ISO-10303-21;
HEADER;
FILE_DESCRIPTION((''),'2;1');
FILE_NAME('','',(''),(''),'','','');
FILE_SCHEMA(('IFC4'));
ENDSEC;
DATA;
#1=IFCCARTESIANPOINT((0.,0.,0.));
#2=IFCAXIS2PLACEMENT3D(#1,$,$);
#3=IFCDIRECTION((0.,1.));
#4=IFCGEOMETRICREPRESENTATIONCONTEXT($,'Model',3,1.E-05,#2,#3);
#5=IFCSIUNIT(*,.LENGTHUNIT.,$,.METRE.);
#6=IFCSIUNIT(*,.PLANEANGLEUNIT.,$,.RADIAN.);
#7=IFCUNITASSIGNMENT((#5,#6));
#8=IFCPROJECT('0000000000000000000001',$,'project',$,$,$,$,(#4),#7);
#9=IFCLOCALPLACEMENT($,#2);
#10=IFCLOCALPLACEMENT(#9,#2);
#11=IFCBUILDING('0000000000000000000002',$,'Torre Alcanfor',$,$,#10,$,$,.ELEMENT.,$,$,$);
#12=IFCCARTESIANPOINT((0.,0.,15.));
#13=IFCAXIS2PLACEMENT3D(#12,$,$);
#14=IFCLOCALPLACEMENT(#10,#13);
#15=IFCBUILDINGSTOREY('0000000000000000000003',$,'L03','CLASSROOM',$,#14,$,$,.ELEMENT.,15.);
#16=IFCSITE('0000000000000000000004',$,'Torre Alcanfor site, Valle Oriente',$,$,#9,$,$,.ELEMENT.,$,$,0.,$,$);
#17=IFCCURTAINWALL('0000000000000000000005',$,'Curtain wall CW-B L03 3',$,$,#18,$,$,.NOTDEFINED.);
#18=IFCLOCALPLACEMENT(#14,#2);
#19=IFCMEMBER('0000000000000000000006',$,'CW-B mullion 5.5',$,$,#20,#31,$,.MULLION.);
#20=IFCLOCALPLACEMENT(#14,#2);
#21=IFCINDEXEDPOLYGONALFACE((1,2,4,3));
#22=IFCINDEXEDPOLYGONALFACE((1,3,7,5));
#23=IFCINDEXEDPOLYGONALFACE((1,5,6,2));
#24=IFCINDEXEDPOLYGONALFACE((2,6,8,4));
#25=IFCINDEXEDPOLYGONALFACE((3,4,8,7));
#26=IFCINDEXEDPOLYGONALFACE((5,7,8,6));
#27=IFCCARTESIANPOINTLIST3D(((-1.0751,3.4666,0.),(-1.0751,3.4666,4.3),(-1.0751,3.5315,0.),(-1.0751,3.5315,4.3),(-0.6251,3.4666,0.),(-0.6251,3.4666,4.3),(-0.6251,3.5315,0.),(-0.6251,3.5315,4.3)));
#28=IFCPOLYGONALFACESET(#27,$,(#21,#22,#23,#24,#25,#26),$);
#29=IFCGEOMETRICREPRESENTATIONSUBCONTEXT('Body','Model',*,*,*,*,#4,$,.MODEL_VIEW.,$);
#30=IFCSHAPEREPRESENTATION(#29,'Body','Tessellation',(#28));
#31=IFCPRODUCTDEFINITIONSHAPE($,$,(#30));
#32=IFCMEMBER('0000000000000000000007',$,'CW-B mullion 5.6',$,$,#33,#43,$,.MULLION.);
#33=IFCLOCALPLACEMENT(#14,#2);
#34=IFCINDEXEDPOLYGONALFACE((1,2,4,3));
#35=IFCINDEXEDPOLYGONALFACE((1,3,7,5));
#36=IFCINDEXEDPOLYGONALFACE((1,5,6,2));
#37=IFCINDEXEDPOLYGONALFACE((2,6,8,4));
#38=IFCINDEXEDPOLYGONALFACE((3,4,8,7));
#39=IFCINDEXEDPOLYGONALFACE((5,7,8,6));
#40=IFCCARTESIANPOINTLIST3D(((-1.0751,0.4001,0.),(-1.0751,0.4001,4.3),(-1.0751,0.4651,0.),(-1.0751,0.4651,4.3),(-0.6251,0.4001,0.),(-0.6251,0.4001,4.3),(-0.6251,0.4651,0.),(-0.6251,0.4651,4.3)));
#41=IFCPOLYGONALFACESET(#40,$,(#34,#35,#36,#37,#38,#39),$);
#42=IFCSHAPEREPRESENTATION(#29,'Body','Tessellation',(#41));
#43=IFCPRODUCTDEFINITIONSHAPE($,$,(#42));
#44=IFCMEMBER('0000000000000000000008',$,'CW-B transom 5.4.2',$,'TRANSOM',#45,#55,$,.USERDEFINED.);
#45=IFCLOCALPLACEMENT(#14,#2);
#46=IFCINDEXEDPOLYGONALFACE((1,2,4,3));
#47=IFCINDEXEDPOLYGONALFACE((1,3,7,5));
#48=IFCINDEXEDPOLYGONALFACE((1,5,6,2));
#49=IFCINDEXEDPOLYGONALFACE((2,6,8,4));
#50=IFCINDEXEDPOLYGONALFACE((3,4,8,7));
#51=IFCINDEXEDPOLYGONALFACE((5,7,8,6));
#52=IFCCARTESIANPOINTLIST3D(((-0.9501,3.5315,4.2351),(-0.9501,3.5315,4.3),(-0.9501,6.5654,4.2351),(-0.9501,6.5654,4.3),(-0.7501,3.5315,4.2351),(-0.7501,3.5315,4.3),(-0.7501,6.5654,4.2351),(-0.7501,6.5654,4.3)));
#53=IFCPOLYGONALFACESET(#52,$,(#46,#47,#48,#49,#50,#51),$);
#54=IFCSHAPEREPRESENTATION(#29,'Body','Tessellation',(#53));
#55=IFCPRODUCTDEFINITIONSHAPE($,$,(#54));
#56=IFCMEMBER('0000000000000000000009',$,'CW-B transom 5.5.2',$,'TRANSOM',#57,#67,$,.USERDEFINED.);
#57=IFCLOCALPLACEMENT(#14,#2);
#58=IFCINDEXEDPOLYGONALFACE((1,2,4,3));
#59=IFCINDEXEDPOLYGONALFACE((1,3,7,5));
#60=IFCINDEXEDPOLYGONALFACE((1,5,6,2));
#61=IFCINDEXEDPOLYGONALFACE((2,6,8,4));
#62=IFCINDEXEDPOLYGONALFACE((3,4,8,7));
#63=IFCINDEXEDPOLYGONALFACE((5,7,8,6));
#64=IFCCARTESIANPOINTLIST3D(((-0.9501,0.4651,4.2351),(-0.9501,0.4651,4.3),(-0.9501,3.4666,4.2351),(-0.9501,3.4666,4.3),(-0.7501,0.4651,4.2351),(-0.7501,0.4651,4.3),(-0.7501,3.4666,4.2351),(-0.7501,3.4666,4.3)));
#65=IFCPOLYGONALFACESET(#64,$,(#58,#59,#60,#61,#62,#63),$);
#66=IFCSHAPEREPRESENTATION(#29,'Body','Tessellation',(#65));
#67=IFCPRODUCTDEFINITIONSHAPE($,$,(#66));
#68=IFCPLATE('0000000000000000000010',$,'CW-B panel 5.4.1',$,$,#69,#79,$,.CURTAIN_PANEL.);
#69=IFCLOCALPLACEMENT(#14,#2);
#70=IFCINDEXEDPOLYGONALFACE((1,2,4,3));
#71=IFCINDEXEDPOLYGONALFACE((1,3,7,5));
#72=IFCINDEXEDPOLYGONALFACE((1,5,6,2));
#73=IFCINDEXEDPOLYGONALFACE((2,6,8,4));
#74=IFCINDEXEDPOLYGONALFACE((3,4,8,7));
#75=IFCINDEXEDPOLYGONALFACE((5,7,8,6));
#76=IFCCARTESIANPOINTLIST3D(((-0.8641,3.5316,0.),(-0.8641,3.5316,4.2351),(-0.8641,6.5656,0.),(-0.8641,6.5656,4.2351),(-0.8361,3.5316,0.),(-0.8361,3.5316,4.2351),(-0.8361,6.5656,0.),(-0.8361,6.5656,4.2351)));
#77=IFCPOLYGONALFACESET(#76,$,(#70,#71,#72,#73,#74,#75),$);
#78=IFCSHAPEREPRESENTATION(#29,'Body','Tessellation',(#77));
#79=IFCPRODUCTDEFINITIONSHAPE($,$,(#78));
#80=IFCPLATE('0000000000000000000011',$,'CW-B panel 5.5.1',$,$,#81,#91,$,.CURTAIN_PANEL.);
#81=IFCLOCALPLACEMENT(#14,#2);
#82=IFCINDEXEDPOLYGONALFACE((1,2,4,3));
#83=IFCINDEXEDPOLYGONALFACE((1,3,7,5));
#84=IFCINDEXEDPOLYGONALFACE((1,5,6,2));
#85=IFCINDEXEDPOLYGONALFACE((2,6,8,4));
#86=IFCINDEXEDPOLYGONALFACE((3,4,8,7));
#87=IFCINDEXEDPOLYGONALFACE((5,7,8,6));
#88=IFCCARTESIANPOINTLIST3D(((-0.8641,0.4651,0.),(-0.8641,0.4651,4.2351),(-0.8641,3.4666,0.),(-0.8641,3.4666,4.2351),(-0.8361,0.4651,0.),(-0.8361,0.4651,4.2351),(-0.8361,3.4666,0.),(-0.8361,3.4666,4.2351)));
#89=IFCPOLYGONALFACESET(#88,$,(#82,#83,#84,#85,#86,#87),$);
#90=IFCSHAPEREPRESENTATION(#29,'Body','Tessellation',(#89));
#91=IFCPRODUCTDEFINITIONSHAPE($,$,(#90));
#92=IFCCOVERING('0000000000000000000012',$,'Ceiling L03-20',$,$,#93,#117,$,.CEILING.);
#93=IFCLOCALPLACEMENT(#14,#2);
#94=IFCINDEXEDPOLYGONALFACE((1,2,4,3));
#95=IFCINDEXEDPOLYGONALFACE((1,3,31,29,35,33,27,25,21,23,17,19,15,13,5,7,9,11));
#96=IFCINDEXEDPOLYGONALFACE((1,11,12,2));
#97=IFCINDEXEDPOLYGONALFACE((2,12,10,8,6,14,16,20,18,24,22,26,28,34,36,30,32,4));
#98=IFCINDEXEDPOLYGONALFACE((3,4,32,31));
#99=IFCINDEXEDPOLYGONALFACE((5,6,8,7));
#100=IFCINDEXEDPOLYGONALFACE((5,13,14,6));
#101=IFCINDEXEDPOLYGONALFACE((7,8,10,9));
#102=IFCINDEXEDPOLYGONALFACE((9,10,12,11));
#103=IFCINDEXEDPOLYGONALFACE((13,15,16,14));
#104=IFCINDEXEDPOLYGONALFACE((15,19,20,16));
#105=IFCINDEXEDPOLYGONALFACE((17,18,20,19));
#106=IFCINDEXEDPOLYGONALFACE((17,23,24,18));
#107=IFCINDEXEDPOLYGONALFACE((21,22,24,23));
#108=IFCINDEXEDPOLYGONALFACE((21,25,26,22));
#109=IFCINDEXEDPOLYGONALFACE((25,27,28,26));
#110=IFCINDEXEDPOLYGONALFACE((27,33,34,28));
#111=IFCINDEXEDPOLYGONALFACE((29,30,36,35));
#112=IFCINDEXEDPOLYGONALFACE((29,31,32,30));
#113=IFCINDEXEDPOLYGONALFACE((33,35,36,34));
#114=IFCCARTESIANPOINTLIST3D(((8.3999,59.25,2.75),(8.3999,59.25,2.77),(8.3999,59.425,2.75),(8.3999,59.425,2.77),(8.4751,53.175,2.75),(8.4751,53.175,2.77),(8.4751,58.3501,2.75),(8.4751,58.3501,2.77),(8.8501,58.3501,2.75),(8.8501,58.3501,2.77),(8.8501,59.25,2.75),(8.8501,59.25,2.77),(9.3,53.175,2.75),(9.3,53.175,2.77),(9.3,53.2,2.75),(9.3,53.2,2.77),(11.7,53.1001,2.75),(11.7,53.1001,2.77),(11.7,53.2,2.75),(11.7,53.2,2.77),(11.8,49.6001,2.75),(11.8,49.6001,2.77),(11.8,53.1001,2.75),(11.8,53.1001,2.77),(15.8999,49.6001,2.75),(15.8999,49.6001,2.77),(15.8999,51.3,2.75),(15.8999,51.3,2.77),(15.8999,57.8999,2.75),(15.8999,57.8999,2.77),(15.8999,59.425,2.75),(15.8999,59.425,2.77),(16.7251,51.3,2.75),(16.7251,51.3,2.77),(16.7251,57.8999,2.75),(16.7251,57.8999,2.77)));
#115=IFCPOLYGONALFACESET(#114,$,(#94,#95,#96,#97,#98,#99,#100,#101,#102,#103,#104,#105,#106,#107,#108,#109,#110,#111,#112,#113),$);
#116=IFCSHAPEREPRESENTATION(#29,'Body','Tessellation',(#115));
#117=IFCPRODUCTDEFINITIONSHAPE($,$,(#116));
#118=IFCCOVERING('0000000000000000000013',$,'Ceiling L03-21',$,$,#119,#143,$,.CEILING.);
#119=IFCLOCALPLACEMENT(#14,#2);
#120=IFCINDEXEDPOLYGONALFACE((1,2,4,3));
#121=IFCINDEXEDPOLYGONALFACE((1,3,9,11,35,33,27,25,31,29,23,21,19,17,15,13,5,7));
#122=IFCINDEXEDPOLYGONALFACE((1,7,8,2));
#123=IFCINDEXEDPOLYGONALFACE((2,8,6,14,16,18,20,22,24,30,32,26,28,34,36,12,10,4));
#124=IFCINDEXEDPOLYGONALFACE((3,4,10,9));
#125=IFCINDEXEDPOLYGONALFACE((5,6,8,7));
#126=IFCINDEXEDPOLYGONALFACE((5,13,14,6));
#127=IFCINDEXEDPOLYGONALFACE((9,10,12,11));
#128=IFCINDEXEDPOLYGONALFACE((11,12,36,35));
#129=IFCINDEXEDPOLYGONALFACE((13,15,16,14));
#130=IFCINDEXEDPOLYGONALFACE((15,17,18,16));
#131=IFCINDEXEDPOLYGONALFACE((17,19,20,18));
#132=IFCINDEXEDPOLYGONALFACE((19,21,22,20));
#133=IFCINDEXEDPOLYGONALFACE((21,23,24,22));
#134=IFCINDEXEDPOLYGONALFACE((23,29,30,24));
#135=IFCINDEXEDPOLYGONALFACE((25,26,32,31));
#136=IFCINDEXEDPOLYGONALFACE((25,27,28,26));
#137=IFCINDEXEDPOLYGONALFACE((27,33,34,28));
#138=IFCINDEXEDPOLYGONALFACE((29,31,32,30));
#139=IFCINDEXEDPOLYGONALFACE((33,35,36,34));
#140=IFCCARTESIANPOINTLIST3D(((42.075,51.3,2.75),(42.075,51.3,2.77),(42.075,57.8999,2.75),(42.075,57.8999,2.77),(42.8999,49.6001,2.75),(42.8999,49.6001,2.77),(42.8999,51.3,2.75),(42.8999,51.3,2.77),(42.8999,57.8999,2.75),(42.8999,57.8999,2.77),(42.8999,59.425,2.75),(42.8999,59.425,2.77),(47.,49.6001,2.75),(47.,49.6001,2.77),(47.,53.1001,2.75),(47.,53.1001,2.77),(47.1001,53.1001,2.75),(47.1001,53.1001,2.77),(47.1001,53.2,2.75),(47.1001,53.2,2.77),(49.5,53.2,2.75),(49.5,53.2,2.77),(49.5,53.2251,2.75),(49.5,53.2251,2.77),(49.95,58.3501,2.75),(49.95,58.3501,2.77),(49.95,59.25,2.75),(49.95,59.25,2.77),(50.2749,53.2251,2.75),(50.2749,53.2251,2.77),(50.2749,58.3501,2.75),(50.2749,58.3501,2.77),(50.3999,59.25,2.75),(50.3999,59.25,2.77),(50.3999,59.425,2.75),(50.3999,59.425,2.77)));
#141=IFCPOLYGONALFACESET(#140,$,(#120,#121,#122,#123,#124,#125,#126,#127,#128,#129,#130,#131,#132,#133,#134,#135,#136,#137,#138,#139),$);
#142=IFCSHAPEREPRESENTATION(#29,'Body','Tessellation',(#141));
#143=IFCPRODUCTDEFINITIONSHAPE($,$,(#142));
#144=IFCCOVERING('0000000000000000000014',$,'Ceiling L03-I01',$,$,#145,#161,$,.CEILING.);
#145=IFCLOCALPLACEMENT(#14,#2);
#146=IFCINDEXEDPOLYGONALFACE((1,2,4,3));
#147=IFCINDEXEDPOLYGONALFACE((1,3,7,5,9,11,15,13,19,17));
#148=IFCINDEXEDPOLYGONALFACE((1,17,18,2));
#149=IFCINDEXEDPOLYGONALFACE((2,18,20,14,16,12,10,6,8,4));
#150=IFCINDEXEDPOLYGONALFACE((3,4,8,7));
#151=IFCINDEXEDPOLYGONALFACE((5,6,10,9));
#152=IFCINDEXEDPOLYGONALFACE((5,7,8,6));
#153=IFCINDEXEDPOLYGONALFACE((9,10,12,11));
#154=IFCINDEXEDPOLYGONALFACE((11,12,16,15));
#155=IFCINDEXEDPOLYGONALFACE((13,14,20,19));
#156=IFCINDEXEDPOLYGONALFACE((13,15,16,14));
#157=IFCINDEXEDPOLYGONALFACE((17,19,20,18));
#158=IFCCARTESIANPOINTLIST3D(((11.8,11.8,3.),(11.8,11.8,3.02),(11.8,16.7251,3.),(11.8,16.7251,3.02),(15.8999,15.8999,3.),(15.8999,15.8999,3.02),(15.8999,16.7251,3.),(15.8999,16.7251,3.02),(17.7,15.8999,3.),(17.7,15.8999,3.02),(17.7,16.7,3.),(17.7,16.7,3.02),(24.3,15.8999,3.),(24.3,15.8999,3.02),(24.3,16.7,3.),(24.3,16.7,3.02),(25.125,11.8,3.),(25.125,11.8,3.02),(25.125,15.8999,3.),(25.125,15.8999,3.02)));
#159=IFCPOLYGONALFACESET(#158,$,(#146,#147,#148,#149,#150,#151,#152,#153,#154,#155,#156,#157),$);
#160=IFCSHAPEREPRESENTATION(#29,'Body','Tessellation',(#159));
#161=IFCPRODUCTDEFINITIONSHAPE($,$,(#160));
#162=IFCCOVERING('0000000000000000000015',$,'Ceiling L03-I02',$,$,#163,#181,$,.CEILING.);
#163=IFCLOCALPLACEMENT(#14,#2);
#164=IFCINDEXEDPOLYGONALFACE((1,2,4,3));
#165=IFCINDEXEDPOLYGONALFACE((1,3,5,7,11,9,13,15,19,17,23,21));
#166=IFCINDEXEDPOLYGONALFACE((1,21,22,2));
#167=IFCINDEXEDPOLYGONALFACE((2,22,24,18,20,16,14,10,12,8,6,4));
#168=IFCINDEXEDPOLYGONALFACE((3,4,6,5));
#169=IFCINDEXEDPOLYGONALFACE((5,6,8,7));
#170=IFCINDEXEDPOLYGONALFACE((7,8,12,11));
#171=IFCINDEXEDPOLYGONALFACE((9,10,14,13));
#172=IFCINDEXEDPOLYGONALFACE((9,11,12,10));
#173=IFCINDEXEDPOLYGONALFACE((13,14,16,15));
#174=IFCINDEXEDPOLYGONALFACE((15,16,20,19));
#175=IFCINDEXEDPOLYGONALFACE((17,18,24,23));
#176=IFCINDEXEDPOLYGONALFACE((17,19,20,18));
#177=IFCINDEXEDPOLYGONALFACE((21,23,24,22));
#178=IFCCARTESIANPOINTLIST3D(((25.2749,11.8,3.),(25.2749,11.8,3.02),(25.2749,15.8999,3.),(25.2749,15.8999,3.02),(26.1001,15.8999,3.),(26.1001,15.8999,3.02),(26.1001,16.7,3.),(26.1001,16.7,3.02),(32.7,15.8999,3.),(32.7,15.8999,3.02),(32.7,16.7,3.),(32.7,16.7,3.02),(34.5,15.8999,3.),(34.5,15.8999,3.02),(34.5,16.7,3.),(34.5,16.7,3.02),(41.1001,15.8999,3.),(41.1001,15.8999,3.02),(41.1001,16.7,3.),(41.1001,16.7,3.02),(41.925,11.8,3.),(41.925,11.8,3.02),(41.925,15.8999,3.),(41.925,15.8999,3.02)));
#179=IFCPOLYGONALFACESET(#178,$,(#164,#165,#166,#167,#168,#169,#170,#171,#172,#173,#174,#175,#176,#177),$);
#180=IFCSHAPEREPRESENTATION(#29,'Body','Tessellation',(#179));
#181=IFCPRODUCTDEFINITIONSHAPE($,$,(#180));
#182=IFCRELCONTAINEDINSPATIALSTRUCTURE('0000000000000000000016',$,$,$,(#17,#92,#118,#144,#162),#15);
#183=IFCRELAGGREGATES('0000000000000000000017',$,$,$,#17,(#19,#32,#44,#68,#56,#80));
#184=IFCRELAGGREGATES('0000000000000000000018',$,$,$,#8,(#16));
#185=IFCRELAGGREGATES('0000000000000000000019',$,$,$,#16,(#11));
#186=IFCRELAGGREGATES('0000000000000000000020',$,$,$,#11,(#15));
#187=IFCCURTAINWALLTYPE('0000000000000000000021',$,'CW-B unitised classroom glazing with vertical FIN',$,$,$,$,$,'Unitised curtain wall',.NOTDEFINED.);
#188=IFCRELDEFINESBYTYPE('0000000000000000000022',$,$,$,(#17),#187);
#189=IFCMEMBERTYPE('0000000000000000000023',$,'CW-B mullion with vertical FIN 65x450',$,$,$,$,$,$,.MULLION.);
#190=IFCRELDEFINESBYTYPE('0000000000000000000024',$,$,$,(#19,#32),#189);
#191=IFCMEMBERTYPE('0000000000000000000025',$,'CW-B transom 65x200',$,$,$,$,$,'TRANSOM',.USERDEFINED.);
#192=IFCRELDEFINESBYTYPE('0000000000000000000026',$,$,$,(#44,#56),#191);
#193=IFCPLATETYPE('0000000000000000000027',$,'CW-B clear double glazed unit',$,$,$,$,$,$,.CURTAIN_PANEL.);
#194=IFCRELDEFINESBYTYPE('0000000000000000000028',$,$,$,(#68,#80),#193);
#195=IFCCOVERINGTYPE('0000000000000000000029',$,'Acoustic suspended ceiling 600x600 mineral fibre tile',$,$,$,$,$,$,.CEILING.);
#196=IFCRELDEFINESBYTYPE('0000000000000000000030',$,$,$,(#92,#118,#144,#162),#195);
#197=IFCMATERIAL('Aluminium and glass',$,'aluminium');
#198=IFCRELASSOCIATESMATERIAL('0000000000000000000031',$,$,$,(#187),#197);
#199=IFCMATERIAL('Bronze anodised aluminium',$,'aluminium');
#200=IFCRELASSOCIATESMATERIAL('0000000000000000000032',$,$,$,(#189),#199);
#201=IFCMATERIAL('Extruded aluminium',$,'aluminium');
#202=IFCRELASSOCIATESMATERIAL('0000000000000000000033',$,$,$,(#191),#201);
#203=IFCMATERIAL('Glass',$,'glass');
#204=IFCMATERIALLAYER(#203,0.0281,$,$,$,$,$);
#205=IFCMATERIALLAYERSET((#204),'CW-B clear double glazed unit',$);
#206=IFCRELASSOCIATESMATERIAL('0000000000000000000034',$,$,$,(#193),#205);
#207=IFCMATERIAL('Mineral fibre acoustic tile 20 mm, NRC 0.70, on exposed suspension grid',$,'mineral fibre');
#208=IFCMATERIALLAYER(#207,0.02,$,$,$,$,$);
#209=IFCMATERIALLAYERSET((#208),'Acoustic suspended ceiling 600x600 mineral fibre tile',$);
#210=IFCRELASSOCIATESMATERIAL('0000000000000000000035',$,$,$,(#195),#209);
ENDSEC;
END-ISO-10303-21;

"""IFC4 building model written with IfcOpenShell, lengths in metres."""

from ifc_helpers import new_model, si_unit, direction, frame, origin, origin_2d, place, context, subcontext, project, spatial, polyline, rectangle, outline, extrude, material, layer, layer_set, material_profile, profile_set, type_object, element, aggregate, save


model = new_model("IFC4")

# Units and contexts
model_context = context("Model", 3, precision=1e-05, world=origin(), true_north=direction((0.0, 1.0)))
body_context = subcontext(model_context, "Body", "Model", "MODEL_VIEW")
ifc_project = project(units=[si_unit("LENGTHUNIT", "METRE"), si_unit("PLANEANGLEUNIT", "RADIAN")], contexts=[model_context])

# Site, building, storey
site_placement = place(None, origin())
site = spatial("IfcSite", under=ifc_project, at=site_placement, Name="Torre Alcanfor site, Valle Oriente", CompositionType="ELEMENT", RefElevation=0.0)
building_placement = place(site_placement, origin())
building = spatial("IfcBuilding", under=site, at=building_placement, Name="Torre Alcanfor", CompositionType="ELEMENT")
storey_placement = place(building_placement, frame((0.0, 0.0, 15.0)))
storey = spatial("IfcBuildingStorey", under=building, at=storey_placement, Name="L03", Description="CLASSROOM", CompositionType="ELEMENT", Elevation=15.0)

# Curtain wall, members, plates
ifc_material_1 = material(Name="Aluminium and glass", Category="aluminium")
curtain_wall_type = type_object("IfcCurtainWallType", Name="CW-B unitised classroom glazing with vertical FIN", ElementType="Unitised curtain wall", PredefinedType="NOTDEFINED", material=ifc_material_1)
curtain_wall_placement = place(storey_placement, origin())
curtain_wall = element("IfcCurtainWall", 1, at=curtain_wall_placement, inside=storey, type_object=curtain_wall_type, Name="Curtain wall CW-B L03 3", PredefinedType="NOTDEFINED")
ifc_material_2 = material(Name="Bronze anodised aluminium", Category="aluminium")
ifc_material_profile_1 = material_profile(ifc_material_2, rectangle(XDim=0.45, YDim=0.0649, at=origin_2d()), Name="CW-B mullion 65x450")
ifc_profile_set_1 = profile_set([ifc_material_profile_1], Name="Bronze anodised aluminium")
member_type_1 = type_object("IfcMemberType", Name="CW-B mullion with vertical FIN 65x450", PredefinedType="MULLION", material=ifc_profile_set_1)
member_1_placement = place(storey_placement, frame((-0.8501, 3.499, 0.0), z_axis=(0.0, 0.0, 1.0), x_axis=(1.0, 0.0, 0.0)))
member_1 = element("IfcMember", 2, at=member_1_placement, type_object=member_type_1, Name="CW-B mullion 5.5", PredefinedType="MULLION", context=body_context, shape_type="SweptSolid", body=[
    extrude(rectangle(XDim=0.45, YDim=0.0649, at=origin_2d()), origin(), (0.0, 0.0, 1.0), 4.3),
])
member_2_placement = place(storey_placement, frame((-0.8501, 0.4326, 0.0), z_axis=(0.0, 0.0, 1.0), x_axis=(1.0, 0.0, 0.0)))
member_2 = element("IfcMember", 3, at=member_2_placement, type_object=member_type_1, Name="CW-B mullion 5.6", PredefinedType="MULLION", context=body_context, shape_type="SweptSolid", body=[
    extrude(rectangle(XDim=0.45, YDim=0.0649, at=origin_2d()), origin(), (0.0, 0.0, 1.0), 4.3),
])
ifc_material_3 = material(Name="Extruded aluminium", Category="aluminium")
ifc_material_profile_2 = material_profile(ifc_material_3, rectangle(XDim=0.2, YDim=0.0649, at=origin_2d()), Name="CW-B transom 200x65")
ifc_profile_set_2 = profile_set([ifc_material_profile_2], Name="Extruded aluminium")
member_type_2 = type_object("IfcMemberType", Name="CW-B transom 65x200", ElementType="TRANSOM", PredefinedType="USERDEFINED", material=ifc_profile_set_2)
member_3_placement = place(storey_placement, frame((-0.8501, 6.5654, 4.2676), z_axis=(0.0, -1.0, 0.0), x_axis=(1.0, 0.0, 0.0)))
member_3 = element("IfcMember", 4, at=member_3_placement, type_object=member_type_2, Name="CW-B transom 5.4.2", ObjectType="TRANSOM", PredefinedType="USERDEFINED", context=body_context, shape_type="SweptSolid", body=[
    extrude(rectangle(XDim=0.2, YDim=0.0649, at=origin_2d()), origin(), (0.0, 0.0, 1.0), 3.0339),
])
member_4_placement = place(storey_placement, frame((-0.8501, 3.4666, 4.2676), z_axis=(0.0, -1.0, 0.0), x_axis=(1.0, 0.0, 0.0)))
member_4 = element("IfcMember", 5, at=member_4_placement, type_object=member_type_2, Name="CW-B transom 5.5.2", ObjectType="TRANSOM", PredefinedType="USERDEFINED", context=body_context, shape_type="SweptSolid", body=[
    extrude(rectangle(XDim=0.2, YDim=0.0649, at=origin_2d()), origin(), (0.0, 0.0, 1.0), 3.0015),
])
ifc_material_4 = material(Name="Glass", Category="glass")
ifc_layer_1 = layer(ifc_material_4, 0.0281)
ifc_layer_set_1 = layer_set([ifc_layer_1], Name="CW-B clear double glazed unit")
plate_type = type_object("IfcPlateType", Name="CW-B clear double glazed unit", PredefinedType="CURTAIN_PANEL", material=ifc_layer_set_1)
plate_1_placement = place(storey_placement, frame((-0.8501, 5.0486, 0.0), z_axis=(0.0, 0.0, 1.0), x_axis=(0.0, -1.0, 0.0)))
plate_1 = element("IfcPlate", 6, at=plate_1_placement, type_object=plate_type, Name="CW-B panel 5.4.1", PredefinedType="CURTAIN_PANEL", context=body_context, shape_type="SweptSolid", body=[
    extrude(rectangle(XDim=3.0339, YDim=0.0281, at=origin_2d()), origin(), (0.0, 0.0, 1.0), 4.2351),
])
plate_2_placement = place(storey_placement, frame((-0.8501, 1.9658, 0.0), z_axis=(0.0, 0.0, 1.0), x_axis=(0.0, -1.0, 0.0)))
plate_2 = element("IfcPlate", 7, at=plate_2_placement, type_object=plate_type, Name="CW-B panel 5.5.1", PredefinedType="CURTAIN_PANEL", context=body_context, shape_type="SweptSolid", body=[
    extrude(rectangle(XDim=3.0015, YDim=0.0281, at=origin_2d()), origin(), (0.0, 0.0, 1.0), 4.2351),
])
aggregate(curtain_wall, [member_1, member_2, member_3, plate_1, member_4, plate_2])

# Coverings
ifc_material_5 = material(Name="Mineral fibre acoustic tile 20 mm, NRC 0.70, on exposed suspension grid", Category="mineral fibre")
ifc_layer_2 = layer(ifc_material_5, 0.02)
ifc_layer_set_2 = layer_set([ifc_layer_2], Name="Acoustic suspended ceiling 600x600 mineral fibre tile")
covering_type_1 = type_object("IfcCoveringType", Name="Acoustic suspended ceiling 600x600 mineral fibre tile", PredefinedType="CEILING", material=ifc_layer_set_2)
covering_1_placement = place(storey_placement, frame((0.0, 0.0, 2.75)))
element("IfcCovering", 8, at=covering_1_placement, inside=storey, type_object=covering_type_1, Name="Ceiling L03-20", PredefinedType="CEILING", context=body_context, shape_type="SweptSolid", body=[
    extrude(outline(polyline([(8.3999, 59.25), (8.8501, 59.25), (8.8501, 58.3501), (8.4751, 58.3501), (8.4751, 53.175), (9.3, 53.175), (9.3, 53.2), (11.7, 53.2), (11.7, 53.1001), (11.8, 53.1001), (11.8, 49.6001), (15.8999, 49.6001), (15.8999, 51.3), (16.7251, 51.3), (16.7251, 57.8999), (15.8999, 57.8999), (15.8999, 59.425), (8.3999, 59.425), (8.3999, 59.25)])), origin(), (0.0, 0.0, 1.0), 0.02),
])
covering_2_placement = place(storey_placement, frame((0.0, 0.0, 2.75)))
element("IfcCovering", 9, at=covering_2_placement, inside=storey, type_object=covering_type_1, Name="Ceiling L03-21", PredefinedType="CEILING", context=body_context, shape_type="SweptSolid", body=[
    extrude(outline(polyline([(49.95, 59.25), (50.3999, 59.25), (50.3999, 59.425), (42.8999, 59.425), (42.8999, 57.8999), (42.075, 57.8999), (42.075, 51.3), (42.8999, 51.3), (42.8999, 49.6001), (47.0, 49.6001), (47.0, 53.1001), (47.1001, 53.1001), (47.1001, 53.2), (49.5, 53.2), (49.5, 53.2251), (50.2749, 53.2251), (50.2749, 58.3501), (49.95, 58.3501), (49.95, 59.25)])), origin(), (0.0, 0.0, 1.0), 0.02),
])
covering_3_placement = place(storey_placement, frame((0.0, 0.0, 3.0)))
element("IfcCovering", 10, at=covering_3_placement, inside=storey, type_object=covering_type_1, Name="Ceiling L03-I01", PredefinedType="CEILING", context=body_context, shape_type="SweptSolid", body=[
    extrude(outline(polyline([(17.7, 15.8999), (15.8999, 15.8999), (15.8999, 16.7251), (11.8, 16.7251), (11.8, 11.8), (25.125, 11.8), (25.125, 15.8999), (24.3, 15.8999), (24.3, 16.7), (17.7, 16.7), (17.7, 15.8999)])), origin(), (0.0, 0.0, 1.0), 0.02),
])
covering_4_placement = place(storey_placement, frame((0.0, 0.0, 3.0)))
element("IfcCovering", 11, at=covering_4_placement, inside=storey, type_object=covering_type_1, Name="Ceiling L03-I02", PredefinedType="CEILING", context=body_context, shape_type="SweptSolid", body=[
    extrude(outline(polyline([(26.1001, 16.7), (26.1001, 15.8999), (25.2749, 15.8999), (25.2749, 11.8), (41.925, 11.8), (41.925, 15.8999), (41.1001, 15.8999), (41.1001, 16.7), (34.5, 16.7), (34.5, 15.8999), (32.7, 15.8999), (32.7, 16.7), (26.1001, 16.7)])), origin(), (0.0, 0.0, 1.0), 0.02),
])

save(model, "model.ifc")
